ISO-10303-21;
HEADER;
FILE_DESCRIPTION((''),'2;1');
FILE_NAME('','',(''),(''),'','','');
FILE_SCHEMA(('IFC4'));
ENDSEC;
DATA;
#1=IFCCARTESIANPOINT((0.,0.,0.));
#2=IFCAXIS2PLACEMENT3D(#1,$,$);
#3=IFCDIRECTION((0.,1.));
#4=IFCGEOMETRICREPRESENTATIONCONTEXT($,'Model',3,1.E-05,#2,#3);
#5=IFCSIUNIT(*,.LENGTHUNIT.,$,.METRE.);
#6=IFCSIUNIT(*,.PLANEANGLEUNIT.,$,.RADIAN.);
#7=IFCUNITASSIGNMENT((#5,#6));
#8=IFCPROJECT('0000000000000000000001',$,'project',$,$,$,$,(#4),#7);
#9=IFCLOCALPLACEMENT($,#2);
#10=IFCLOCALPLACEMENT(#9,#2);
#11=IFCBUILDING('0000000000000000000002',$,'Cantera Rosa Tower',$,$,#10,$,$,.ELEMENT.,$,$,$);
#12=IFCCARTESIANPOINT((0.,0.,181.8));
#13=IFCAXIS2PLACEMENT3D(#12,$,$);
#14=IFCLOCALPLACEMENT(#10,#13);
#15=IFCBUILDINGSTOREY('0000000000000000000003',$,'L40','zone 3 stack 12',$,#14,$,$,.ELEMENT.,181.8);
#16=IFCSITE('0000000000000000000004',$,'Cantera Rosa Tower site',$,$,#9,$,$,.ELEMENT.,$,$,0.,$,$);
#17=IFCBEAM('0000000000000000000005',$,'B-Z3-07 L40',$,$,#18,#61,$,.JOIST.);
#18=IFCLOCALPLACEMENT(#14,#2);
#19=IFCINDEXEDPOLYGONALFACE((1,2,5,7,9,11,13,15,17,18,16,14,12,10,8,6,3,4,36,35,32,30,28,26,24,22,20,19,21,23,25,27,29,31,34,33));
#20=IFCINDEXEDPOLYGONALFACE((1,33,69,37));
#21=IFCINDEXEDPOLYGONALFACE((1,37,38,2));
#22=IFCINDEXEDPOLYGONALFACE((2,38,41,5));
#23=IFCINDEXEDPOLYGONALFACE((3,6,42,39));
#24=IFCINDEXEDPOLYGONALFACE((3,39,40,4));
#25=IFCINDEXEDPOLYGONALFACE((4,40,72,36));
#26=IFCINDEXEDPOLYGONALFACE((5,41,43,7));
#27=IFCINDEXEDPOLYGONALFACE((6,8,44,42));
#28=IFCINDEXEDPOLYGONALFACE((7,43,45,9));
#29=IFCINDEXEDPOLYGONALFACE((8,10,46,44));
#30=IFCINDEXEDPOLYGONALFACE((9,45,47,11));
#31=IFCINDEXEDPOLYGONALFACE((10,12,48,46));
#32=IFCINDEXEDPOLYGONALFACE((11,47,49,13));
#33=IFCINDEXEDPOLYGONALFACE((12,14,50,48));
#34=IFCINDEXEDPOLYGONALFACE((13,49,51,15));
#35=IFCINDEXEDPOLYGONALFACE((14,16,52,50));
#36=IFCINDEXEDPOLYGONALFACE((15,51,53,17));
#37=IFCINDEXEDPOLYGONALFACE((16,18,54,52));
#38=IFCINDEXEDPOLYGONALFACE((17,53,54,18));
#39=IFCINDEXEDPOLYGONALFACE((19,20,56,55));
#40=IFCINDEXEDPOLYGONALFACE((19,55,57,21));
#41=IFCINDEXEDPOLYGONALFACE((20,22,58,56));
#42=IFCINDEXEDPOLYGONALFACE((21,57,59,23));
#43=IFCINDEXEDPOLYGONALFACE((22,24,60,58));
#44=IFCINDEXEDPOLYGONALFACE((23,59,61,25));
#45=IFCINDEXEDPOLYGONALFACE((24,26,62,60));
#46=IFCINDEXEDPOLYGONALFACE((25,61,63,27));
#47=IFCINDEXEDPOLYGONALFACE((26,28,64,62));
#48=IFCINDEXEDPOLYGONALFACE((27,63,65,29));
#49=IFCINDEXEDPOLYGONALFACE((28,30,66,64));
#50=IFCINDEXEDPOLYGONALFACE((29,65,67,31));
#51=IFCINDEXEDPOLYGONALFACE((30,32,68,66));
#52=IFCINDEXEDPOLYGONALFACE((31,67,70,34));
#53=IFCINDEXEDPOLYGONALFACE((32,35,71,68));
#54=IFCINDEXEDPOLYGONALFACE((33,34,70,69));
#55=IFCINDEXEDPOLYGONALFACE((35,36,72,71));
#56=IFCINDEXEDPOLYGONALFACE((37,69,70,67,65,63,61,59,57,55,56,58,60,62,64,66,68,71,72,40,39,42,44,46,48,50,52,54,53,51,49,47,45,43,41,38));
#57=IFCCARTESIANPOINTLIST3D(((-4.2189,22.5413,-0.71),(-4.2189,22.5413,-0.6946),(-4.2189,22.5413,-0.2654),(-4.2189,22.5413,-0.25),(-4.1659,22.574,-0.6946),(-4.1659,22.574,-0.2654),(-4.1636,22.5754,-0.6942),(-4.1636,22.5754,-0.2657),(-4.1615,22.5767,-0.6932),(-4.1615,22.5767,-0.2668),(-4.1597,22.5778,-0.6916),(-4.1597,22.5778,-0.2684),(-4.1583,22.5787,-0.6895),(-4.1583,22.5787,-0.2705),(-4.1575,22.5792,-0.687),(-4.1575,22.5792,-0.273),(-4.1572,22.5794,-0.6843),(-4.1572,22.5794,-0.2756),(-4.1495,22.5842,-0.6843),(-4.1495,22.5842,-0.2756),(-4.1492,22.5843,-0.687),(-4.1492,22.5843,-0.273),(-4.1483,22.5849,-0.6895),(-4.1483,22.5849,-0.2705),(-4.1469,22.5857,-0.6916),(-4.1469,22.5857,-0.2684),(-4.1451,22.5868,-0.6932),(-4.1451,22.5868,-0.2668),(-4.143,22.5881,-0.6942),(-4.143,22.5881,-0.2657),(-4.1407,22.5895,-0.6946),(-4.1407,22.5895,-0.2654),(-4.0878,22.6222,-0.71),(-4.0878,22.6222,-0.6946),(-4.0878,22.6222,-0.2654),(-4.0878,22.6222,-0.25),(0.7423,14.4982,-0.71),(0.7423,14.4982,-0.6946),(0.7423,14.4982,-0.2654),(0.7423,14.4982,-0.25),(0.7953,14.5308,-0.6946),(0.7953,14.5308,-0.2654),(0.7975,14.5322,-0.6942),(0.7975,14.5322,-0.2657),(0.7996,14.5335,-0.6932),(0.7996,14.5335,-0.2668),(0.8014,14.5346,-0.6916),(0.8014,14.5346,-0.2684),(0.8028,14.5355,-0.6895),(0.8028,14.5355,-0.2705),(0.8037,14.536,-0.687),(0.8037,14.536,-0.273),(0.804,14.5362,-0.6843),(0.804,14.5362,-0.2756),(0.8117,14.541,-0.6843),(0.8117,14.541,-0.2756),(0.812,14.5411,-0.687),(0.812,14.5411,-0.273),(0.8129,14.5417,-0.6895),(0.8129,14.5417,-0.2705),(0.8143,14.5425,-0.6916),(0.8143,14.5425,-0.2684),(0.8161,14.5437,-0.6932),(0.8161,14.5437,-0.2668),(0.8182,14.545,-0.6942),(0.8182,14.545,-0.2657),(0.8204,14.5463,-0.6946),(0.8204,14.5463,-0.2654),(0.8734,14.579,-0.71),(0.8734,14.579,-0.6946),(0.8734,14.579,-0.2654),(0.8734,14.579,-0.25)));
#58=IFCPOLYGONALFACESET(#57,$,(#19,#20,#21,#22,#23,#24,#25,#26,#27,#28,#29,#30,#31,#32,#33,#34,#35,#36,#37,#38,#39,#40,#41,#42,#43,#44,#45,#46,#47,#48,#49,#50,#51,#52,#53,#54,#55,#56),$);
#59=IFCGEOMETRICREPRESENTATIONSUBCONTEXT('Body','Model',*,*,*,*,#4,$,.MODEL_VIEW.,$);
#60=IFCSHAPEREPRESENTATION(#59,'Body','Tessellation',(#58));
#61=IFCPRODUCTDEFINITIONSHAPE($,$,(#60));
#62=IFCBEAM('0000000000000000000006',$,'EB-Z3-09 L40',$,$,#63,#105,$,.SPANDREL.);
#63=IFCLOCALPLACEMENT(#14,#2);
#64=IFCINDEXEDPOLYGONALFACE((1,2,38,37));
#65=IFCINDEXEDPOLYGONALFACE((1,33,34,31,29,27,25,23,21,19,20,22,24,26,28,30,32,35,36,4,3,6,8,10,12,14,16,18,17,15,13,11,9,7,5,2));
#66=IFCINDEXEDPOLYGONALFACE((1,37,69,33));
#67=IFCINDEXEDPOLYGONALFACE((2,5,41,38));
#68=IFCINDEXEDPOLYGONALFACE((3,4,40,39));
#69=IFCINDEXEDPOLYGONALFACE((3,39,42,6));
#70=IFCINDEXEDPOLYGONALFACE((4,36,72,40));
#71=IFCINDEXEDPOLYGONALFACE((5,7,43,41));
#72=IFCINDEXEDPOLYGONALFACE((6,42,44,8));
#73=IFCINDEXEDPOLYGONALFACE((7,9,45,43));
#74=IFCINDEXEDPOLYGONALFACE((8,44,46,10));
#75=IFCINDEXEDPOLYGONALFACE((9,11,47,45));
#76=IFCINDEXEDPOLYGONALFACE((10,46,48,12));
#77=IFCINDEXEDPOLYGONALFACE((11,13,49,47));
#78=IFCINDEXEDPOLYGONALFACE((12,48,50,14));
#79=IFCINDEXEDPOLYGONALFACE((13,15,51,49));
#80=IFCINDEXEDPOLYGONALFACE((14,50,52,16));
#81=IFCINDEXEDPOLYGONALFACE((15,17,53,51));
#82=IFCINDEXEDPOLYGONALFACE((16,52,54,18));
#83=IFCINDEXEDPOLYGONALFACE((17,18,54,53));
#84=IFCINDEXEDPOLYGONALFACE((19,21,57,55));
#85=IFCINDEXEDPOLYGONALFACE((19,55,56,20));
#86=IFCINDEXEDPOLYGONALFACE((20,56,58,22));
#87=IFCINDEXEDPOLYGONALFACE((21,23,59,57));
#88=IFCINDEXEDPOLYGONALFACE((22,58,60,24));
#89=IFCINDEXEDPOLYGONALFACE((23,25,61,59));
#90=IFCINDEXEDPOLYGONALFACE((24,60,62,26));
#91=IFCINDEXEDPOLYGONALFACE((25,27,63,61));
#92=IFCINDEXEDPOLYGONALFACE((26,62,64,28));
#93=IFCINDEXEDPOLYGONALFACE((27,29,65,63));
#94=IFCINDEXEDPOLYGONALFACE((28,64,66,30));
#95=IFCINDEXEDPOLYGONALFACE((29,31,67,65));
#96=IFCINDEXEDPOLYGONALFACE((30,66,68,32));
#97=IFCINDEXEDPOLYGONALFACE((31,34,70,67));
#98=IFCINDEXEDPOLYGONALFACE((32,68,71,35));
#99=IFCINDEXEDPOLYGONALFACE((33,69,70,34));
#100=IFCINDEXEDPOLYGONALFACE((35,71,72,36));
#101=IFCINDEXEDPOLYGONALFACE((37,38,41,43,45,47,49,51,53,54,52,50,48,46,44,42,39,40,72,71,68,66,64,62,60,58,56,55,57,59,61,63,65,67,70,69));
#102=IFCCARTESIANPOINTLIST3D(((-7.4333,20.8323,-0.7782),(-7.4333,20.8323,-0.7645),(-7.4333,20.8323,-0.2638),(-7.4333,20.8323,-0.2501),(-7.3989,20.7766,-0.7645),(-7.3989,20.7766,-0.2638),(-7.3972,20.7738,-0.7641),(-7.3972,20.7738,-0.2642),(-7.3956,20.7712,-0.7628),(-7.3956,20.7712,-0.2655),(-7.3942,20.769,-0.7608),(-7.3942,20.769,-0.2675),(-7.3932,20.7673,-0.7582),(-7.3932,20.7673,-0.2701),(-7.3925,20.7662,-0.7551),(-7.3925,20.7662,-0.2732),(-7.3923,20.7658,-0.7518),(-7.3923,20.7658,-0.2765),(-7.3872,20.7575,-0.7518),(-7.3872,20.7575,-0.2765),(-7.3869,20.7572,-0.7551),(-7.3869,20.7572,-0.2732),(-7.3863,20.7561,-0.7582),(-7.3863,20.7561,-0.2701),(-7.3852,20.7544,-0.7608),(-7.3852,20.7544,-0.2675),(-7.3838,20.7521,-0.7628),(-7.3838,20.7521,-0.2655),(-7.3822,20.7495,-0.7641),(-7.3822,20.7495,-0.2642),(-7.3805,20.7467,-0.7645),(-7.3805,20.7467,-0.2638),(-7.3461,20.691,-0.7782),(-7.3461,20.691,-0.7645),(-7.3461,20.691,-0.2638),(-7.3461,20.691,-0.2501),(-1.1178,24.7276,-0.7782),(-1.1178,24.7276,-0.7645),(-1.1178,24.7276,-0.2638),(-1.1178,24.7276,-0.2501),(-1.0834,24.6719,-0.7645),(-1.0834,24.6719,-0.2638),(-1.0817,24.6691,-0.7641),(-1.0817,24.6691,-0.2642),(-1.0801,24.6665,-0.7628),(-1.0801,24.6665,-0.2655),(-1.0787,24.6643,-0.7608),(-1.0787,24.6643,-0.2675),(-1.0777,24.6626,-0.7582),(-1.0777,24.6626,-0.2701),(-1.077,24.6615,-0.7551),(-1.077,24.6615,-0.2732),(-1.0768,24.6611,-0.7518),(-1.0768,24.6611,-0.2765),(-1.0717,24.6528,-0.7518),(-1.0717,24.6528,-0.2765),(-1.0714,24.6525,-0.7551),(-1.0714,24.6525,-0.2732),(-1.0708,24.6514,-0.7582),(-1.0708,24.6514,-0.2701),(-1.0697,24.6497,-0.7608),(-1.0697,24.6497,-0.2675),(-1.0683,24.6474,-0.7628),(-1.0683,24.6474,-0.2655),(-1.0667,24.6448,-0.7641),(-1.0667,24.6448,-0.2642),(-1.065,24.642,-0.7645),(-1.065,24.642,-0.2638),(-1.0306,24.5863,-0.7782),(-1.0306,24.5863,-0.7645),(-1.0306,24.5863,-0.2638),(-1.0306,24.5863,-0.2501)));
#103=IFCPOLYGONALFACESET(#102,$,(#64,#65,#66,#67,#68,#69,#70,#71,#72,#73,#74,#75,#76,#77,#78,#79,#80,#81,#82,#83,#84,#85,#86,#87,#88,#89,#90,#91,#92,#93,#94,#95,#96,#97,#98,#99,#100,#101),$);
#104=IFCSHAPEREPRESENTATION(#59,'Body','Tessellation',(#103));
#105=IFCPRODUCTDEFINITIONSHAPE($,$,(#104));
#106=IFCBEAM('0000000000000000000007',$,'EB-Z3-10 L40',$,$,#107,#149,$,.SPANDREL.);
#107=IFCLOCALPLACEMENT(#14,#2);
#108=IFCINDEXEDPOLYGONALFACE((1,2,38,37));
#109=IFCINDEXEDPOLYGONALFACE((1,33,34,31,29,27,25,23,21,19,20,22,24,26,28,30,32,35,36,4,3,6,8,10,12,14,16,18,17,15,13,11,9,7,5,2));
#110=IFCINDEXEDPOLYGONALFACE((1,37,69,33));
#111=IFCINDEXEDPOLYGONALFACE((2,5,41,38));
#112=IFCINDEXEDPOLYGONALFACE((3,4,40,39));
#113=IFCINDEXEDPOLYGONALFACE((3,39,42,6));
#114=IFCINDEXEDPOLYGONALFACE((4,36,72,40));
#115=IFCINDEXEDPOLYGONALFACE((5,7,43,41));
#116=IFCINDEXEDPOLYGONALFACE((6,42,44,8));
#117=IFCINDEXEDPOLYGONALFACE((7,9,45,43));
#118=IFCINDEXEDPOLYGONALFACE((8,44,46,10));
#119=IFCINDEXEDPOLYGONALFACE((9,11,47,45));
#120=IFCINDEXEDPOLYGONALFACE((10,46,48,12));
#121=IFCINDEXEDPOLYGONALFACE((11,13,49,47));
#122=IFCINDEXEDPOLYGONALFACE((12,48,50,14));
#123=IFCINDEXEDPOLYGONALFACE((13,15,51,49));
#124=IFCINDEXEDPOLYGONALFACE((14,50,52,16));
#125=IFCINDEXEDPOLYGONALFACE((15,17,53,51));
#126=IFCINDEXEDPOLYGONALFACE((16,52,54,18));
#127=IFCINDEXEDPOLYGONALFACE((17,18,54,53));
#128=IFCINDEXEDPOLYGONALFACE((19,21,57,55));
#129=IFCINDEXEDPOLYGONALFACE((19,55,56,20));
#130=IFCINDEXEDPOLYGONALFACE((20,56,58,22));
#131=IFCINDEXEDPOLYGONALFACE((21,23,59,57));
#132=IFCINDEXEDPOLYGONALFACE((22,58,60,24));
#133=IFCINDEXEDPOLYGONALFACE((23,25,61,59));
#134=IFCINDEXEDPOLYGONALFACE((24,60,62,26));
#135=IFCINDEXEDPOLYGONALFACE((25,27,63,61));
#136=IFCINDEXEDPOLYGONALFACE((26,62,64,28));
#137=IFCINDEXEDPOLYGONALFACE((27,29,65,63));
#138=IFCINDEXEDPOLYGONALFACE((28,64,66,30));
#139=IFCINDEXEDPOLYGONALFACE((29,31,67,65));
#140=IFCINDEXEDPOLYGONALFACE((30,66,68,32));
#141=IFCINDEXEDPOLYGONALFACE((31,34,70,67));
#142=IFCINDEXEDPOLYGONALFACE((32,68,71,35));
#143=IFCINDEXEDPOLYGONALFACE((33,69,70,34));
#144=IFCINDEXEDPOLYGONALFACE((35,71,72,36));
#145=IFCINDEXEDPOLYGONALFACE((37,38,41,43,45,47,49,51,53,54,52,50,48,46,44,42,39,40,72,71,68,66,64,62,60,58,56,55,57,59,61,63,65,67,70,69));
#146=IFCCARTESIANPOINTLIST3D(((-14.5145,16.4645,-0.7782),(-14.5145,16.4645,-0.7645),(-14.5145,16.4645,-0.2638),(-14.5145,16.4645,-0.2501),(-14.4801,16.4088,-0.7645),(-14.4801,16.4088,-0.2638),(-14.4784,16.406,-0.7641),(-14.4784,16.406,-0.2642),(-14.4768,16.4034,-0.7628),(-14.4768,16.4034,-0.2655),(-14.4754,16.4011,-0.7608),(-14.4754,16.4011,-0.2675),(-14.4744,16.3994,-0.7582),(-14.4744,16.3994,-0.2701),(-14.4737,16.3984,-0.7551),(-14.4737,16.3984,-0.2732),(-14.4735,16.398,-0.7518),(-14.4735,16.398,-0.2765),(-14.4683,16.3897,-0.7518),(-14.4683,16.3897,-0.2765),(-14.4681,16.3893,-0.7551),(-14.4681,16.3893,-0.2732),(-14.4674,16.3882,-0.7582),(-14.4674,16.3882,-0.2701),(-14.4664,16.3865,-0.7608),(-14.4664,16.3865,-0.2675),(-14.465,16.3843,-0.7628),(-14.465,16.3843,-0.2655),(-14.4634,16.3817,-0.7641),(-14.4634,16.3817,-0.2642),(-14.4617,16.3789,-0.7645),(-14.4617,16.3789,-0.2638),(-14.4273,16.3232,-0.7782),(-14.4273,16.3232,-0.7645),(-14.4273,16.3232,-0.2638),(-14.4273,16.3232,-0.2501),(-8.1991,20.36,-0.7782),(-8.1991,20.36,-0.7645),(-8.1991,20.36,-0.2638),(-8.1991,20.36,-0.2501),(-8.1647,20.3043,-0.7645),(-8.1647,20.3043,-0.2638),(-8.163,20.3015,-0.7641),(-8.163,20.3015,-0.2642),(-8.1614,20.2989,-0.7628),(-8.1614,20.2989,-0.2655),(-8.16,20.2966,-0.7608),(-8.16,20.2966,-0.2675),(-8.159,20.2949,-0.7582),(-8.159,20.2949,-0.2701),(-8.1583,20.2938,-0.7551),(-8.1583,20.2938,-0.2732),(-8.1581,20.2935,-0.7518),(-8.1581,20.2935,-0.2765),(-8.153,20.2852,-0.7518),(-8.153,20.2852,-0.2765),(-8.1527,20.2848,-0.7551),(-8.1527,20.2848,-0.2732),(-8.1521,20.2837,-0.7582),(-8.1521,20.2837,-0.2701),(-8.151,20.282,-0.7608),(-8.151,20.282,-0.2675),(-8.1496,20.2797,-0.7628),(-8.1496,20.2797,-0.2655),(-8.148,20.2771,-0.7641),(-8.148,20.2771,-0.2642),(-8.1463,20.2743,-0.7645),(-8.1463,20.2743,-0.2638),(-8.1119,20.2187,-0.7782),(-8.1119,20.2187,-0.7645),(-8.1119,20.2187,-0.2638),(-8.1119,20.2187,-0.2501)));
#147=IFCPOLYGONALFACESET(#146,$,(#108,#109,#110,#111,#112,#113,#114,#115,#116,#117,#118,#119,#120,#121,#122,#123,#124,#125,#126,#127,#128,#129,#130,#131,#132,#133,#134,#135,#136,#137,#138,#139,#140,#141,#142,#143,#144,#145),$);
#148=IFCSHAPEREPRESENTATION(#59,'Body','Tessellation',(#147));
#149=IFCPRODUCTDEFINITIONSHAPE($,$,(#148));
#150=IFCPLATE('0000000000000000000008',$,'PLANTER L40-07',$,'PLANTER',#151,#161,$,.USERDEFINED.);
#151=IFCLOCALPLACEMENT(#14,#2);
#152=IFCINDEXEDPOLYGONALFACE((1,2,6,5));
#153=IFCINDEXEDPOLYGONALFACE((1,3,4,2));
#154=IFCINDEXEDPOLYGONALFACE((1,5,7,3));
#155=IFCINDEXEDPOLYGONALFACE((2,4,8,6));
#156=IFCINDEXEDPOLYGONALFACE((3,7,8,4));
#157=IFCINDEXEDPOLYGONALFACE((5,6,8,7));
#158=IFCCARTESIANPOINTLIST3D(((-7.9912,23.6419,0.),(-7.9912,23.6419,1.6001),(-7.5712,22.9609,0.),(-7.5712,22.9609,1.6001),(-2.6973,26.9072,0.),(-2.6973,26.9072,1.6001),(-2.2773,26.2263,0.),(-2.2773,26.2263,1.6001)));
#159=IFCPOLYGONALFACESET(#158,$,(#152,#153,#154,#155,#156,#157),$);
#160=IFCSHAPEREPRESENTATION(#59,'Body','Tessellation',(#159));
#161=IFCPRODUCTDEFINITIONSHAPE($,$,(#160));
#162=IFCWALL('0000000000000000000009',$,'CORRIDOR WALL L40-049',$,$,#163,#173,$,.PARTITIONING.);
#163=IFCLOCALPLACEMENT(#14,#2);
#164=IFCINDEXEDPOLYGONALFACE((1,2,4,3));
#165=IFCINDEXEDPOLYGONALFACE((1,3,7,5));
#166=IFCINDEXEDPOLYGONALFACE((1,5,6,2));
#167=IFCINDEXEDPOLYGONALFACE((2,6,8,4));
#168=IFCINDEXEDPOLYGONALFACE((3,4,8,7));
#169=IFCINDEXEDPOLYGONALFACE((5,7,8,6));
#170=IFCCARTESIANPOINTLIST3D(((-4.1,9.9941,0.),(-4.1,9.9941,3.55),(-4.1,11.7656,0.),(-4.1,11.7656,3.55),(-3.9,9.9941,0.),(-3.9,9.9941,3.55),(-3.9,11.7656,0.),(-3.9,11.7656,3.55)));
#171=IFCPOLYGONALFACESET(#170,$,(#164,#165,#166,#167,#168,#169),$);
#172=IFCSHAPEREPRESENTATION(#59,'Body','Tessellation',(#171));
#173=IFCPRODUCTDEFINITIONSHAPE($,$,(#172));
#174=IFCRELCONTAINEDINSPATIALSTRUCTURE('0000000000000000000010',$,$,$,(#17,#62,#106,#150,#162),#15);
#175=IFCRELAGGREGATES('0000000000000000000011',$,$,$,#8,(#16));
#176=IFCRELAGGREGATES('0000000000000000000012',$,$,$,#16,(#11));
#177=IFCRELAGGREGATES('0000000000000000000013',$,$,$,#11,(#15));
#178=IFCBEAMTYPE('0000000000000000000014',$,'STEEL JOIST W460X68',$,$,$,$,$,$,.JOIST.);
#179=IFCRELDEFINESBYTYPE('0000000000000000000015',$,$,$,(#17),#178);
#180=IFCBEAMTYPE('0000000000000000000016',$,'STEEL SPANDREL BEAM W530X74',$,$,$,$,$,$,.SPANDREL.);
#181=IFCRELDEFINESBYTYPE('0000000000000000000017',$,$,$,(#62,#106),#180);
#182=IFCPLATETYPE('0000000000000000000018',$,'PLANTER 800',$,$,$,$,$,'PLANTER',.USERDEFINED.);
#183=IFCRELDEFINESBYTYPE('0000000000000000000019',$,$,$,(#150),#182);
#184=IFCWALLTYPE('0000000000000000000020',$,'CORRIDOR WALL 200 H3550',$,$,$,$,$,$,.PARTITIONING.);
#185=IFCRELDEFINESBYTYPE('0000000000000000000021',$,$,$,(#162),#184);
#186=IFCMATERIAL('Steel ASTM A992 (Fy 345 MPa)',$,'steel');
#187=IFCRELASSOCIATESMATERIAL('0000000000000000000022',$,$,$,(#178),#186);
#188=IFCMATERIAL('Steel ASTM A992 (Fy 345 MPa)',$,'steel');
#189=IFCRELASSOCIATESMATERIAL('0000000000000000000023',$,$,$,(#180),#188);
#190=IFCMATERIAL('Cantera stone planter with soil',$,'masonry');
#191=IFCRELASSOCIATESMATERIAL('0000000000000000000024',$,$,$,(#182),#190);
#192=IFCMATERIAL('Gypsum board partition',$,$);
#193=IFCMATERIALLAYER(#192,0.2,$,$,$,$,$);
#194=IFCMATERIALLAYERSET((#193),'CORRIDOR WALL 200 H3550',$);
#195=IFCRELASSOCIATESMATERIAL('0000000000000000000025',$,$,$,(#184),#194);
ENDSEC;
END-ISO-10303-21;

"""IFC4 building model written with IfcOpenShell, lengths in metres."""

from ifc_helpers import new_model, si_unit, direction, frame, frame_2d, origin, origin_2d, place, context, subcontext, project, spatial, rectangle, i_section, extrude, material, layer, layer_set, material_profile, profile_set, type_object, element, save


model = new_model("IFC4")

# Units and contexts
model_context = context("Model", 3, precision=1e-05, world=origin(), true_north=direction((0.0, 1.0)))
body_context = subcontext(model_context, "Body", "Model", "MODEL_VIEW")
ifc_project = project(units=[si_unit("LENGTHUNIT", "METRE"), si_unit("PLANEANGLEUNIT", "RADIAN")], contexts=[model_context])

# Site, building, storey
site_placement = place(None, origin())
site = spatial("IfcSite", under=ifc_project, at=site_placement, Name="Cantera Rosa Tower site", CompositionType="ELEMENT", RefElevation=0.0)
building_placement = place(site_placement, origin())
building = spatial("IfcBuilding", under=site, at=building_placement, Name="Cantera Rosa Tower", CompositionType="ELEMENT")
storey_placement = place(building_placement, frame((0.0, 0.0, 181.8)))
storey = spatial("IfcBuildingStorey", under=building, at=storey_placement, Name="L40", Description="zone 3 stack 12", CompositionType="ELEMENT", Elevation=181.8)

# Beams
ifc_material_1 = material(Name="Steel ASTM A992 (Fy 345 MPa)", Category="steel")
ifc_material_profile_1 = material_profile(ifc_material_1, i_section(OverallWidth=0.1541, OverallDepth=0.46, WebThickness=0.009, FlangeThickness=0.0154, FilletRadius=0.0103, at=origin_2d()), Name="W460X68")
ifc_profile_set_1 = profile_set([ifc_material_profile_1], Name="Steel ASTM A992 (Fy 345 MPa)")
beam_type_1 = type_object("IfcBeamType", Name="STEEL JOIST W460X68", PredefinedType="JOIST", material=ifc_profile_set_1)
beam_1_placement = place(storey_placement, frame((-4.1533, 22.5818, -0.48), z_axis=(0.524981, -0.851114, 0.0), x_axis=(0.851114, 0.524981, 0.0)))
element("IfcBeam", 1, at=beam_1_placement, inside=storey, type_object=beam_type_1, Name="B-Z3-07 L40", PredefinedType="JOIST", context=body_context, shape_type="SweptSolid", body=[
    extrude(i_section(OverallWidth=0.1541, OverallDepth=0.46, WebThickness=0.009, FlangeThickness=0.0154, FilletRadius=0.0103, at=origin_2d()), origin(), (0.0, 0.0, 1.0), 9.4502),
])
ifc_material_2 = material(Name="Steel ASTM A992 (Fy 345 MPa)", Category="steel")
ifc_material_profile_2 = material_profile(ifc_material_2, i_section(OverallWidth=0.166, OverallDepth=0.5281, WebThickness=0.0098, FlangeThickness=0.0137, FilletRadius=0.0127, at=origin_2d()), Name="W530X74")
ifc_profile_set_2 = profile_set([ifc_material_profile_2], Name="Steel ASTM A992 (Fy 345 MPa)")
beam_type_2 = type_object("IfcBeamType", Name="STEEL SPANDREL BEAM W530X74", PredefinedType="SPANDREL", material=ifc_profile_set_2)
for number, where, z_axis, x_axis, name in (
    (2, (-1.0742, 24.657, -0.5142), (-0.851126, -0.524962, 0.0), (0.524962, -0.851126, 0.0), "EB-Z3-09 L40"),
    (3, (-8.1555, 20.2893, -0.5142), (-0.851111, -0.524986, 0.0), (0.524986, -0.851111, 0.0), "EB-Z3-10 L40"),
):
    element("IfcBeam", number, at=place(storey_placement, frame(where, z_axis=z_axis, x_axis=x_axis)), inside=storey, type_object=beam_type_2, Name=name, PredefinedType="SPANDREL", context=body_context, shape_type="SweptSolid", body=[
        extrude(i_section(OverallWidth=0.166, OverallDepth=0.5281, WebThickness=0.0098, FlangeThickness=0.0137, FilletRadius=0.0127, at=origin_2d()), origin(), (0.0, 0.0, 1.0), 7.4202),
    ])

# Plate
ifc_material_3 = material(Name="Cantera stone planter with soil", Category="masonry")
plate_type = type_object("IfcPlateType", Name="PLANTER 800", ElementType="PLANTER", PredefinedType="USERDEFINED", material=ifc_material_3)
plate_placement = place(storey_placement, frame((-5.1343, 24.9341, 0.0), z_axis=(0.0, 0.0, 1.0), x_axis=(-0.851117, -0.524977, 0.0)))
element("IfcPlate", 4, at=plate_placement, inside=storey, type_object=plate_type, Name="PLANTER L40-07", ObjectType="PLANTER", PredefinedType="USERDEFINED", context=body_context, shape_type="SweptSolid", body=[
    extrude(rectangle(XDim=6.22, YDim=0.8, at=origin_2d()), origin(), (0.0, 0.0, 1.0), 1.6001),
])

# Wall
ifc_material_4 = material(Name="Gypsum board partition")
ifc_layer_1 = layer(ifc_material_4, 0.2)
ifc_layer_set_1 = layer_set([ifc_layer_1], Name="CORRIDOR WALL 200 H3550")
wall_type_1 = type_object("IfcWallType", Name="CORRIDOR WALL 200 H3550", PredefinedType="PARTITIONING", material=ifc_layer_set_1)
wall_1_placement = place(storey_placement, frame((-4.0, 11.7656, 0.0), z_axis=(0.0, 0.0, 1.0), x_axis=(0.0, -1.0, 0.0)))
element("IfcWall", 5, at=wall_1_placement, inside=storey, type_object=wall_type_1, Name="CORRIDOR WALL L40-049", PredefinedType="PARTITIONING", context=body_context, shape_type="SweptSolid", body=[
    extrude(rectangle(XDim=1.7715, YDim=0.2, at=frame_2d((0.8857, 0.0))), origin(), (0.0, 0.0, 1.0), 3.55),
])

save(model, "model.ifc")
